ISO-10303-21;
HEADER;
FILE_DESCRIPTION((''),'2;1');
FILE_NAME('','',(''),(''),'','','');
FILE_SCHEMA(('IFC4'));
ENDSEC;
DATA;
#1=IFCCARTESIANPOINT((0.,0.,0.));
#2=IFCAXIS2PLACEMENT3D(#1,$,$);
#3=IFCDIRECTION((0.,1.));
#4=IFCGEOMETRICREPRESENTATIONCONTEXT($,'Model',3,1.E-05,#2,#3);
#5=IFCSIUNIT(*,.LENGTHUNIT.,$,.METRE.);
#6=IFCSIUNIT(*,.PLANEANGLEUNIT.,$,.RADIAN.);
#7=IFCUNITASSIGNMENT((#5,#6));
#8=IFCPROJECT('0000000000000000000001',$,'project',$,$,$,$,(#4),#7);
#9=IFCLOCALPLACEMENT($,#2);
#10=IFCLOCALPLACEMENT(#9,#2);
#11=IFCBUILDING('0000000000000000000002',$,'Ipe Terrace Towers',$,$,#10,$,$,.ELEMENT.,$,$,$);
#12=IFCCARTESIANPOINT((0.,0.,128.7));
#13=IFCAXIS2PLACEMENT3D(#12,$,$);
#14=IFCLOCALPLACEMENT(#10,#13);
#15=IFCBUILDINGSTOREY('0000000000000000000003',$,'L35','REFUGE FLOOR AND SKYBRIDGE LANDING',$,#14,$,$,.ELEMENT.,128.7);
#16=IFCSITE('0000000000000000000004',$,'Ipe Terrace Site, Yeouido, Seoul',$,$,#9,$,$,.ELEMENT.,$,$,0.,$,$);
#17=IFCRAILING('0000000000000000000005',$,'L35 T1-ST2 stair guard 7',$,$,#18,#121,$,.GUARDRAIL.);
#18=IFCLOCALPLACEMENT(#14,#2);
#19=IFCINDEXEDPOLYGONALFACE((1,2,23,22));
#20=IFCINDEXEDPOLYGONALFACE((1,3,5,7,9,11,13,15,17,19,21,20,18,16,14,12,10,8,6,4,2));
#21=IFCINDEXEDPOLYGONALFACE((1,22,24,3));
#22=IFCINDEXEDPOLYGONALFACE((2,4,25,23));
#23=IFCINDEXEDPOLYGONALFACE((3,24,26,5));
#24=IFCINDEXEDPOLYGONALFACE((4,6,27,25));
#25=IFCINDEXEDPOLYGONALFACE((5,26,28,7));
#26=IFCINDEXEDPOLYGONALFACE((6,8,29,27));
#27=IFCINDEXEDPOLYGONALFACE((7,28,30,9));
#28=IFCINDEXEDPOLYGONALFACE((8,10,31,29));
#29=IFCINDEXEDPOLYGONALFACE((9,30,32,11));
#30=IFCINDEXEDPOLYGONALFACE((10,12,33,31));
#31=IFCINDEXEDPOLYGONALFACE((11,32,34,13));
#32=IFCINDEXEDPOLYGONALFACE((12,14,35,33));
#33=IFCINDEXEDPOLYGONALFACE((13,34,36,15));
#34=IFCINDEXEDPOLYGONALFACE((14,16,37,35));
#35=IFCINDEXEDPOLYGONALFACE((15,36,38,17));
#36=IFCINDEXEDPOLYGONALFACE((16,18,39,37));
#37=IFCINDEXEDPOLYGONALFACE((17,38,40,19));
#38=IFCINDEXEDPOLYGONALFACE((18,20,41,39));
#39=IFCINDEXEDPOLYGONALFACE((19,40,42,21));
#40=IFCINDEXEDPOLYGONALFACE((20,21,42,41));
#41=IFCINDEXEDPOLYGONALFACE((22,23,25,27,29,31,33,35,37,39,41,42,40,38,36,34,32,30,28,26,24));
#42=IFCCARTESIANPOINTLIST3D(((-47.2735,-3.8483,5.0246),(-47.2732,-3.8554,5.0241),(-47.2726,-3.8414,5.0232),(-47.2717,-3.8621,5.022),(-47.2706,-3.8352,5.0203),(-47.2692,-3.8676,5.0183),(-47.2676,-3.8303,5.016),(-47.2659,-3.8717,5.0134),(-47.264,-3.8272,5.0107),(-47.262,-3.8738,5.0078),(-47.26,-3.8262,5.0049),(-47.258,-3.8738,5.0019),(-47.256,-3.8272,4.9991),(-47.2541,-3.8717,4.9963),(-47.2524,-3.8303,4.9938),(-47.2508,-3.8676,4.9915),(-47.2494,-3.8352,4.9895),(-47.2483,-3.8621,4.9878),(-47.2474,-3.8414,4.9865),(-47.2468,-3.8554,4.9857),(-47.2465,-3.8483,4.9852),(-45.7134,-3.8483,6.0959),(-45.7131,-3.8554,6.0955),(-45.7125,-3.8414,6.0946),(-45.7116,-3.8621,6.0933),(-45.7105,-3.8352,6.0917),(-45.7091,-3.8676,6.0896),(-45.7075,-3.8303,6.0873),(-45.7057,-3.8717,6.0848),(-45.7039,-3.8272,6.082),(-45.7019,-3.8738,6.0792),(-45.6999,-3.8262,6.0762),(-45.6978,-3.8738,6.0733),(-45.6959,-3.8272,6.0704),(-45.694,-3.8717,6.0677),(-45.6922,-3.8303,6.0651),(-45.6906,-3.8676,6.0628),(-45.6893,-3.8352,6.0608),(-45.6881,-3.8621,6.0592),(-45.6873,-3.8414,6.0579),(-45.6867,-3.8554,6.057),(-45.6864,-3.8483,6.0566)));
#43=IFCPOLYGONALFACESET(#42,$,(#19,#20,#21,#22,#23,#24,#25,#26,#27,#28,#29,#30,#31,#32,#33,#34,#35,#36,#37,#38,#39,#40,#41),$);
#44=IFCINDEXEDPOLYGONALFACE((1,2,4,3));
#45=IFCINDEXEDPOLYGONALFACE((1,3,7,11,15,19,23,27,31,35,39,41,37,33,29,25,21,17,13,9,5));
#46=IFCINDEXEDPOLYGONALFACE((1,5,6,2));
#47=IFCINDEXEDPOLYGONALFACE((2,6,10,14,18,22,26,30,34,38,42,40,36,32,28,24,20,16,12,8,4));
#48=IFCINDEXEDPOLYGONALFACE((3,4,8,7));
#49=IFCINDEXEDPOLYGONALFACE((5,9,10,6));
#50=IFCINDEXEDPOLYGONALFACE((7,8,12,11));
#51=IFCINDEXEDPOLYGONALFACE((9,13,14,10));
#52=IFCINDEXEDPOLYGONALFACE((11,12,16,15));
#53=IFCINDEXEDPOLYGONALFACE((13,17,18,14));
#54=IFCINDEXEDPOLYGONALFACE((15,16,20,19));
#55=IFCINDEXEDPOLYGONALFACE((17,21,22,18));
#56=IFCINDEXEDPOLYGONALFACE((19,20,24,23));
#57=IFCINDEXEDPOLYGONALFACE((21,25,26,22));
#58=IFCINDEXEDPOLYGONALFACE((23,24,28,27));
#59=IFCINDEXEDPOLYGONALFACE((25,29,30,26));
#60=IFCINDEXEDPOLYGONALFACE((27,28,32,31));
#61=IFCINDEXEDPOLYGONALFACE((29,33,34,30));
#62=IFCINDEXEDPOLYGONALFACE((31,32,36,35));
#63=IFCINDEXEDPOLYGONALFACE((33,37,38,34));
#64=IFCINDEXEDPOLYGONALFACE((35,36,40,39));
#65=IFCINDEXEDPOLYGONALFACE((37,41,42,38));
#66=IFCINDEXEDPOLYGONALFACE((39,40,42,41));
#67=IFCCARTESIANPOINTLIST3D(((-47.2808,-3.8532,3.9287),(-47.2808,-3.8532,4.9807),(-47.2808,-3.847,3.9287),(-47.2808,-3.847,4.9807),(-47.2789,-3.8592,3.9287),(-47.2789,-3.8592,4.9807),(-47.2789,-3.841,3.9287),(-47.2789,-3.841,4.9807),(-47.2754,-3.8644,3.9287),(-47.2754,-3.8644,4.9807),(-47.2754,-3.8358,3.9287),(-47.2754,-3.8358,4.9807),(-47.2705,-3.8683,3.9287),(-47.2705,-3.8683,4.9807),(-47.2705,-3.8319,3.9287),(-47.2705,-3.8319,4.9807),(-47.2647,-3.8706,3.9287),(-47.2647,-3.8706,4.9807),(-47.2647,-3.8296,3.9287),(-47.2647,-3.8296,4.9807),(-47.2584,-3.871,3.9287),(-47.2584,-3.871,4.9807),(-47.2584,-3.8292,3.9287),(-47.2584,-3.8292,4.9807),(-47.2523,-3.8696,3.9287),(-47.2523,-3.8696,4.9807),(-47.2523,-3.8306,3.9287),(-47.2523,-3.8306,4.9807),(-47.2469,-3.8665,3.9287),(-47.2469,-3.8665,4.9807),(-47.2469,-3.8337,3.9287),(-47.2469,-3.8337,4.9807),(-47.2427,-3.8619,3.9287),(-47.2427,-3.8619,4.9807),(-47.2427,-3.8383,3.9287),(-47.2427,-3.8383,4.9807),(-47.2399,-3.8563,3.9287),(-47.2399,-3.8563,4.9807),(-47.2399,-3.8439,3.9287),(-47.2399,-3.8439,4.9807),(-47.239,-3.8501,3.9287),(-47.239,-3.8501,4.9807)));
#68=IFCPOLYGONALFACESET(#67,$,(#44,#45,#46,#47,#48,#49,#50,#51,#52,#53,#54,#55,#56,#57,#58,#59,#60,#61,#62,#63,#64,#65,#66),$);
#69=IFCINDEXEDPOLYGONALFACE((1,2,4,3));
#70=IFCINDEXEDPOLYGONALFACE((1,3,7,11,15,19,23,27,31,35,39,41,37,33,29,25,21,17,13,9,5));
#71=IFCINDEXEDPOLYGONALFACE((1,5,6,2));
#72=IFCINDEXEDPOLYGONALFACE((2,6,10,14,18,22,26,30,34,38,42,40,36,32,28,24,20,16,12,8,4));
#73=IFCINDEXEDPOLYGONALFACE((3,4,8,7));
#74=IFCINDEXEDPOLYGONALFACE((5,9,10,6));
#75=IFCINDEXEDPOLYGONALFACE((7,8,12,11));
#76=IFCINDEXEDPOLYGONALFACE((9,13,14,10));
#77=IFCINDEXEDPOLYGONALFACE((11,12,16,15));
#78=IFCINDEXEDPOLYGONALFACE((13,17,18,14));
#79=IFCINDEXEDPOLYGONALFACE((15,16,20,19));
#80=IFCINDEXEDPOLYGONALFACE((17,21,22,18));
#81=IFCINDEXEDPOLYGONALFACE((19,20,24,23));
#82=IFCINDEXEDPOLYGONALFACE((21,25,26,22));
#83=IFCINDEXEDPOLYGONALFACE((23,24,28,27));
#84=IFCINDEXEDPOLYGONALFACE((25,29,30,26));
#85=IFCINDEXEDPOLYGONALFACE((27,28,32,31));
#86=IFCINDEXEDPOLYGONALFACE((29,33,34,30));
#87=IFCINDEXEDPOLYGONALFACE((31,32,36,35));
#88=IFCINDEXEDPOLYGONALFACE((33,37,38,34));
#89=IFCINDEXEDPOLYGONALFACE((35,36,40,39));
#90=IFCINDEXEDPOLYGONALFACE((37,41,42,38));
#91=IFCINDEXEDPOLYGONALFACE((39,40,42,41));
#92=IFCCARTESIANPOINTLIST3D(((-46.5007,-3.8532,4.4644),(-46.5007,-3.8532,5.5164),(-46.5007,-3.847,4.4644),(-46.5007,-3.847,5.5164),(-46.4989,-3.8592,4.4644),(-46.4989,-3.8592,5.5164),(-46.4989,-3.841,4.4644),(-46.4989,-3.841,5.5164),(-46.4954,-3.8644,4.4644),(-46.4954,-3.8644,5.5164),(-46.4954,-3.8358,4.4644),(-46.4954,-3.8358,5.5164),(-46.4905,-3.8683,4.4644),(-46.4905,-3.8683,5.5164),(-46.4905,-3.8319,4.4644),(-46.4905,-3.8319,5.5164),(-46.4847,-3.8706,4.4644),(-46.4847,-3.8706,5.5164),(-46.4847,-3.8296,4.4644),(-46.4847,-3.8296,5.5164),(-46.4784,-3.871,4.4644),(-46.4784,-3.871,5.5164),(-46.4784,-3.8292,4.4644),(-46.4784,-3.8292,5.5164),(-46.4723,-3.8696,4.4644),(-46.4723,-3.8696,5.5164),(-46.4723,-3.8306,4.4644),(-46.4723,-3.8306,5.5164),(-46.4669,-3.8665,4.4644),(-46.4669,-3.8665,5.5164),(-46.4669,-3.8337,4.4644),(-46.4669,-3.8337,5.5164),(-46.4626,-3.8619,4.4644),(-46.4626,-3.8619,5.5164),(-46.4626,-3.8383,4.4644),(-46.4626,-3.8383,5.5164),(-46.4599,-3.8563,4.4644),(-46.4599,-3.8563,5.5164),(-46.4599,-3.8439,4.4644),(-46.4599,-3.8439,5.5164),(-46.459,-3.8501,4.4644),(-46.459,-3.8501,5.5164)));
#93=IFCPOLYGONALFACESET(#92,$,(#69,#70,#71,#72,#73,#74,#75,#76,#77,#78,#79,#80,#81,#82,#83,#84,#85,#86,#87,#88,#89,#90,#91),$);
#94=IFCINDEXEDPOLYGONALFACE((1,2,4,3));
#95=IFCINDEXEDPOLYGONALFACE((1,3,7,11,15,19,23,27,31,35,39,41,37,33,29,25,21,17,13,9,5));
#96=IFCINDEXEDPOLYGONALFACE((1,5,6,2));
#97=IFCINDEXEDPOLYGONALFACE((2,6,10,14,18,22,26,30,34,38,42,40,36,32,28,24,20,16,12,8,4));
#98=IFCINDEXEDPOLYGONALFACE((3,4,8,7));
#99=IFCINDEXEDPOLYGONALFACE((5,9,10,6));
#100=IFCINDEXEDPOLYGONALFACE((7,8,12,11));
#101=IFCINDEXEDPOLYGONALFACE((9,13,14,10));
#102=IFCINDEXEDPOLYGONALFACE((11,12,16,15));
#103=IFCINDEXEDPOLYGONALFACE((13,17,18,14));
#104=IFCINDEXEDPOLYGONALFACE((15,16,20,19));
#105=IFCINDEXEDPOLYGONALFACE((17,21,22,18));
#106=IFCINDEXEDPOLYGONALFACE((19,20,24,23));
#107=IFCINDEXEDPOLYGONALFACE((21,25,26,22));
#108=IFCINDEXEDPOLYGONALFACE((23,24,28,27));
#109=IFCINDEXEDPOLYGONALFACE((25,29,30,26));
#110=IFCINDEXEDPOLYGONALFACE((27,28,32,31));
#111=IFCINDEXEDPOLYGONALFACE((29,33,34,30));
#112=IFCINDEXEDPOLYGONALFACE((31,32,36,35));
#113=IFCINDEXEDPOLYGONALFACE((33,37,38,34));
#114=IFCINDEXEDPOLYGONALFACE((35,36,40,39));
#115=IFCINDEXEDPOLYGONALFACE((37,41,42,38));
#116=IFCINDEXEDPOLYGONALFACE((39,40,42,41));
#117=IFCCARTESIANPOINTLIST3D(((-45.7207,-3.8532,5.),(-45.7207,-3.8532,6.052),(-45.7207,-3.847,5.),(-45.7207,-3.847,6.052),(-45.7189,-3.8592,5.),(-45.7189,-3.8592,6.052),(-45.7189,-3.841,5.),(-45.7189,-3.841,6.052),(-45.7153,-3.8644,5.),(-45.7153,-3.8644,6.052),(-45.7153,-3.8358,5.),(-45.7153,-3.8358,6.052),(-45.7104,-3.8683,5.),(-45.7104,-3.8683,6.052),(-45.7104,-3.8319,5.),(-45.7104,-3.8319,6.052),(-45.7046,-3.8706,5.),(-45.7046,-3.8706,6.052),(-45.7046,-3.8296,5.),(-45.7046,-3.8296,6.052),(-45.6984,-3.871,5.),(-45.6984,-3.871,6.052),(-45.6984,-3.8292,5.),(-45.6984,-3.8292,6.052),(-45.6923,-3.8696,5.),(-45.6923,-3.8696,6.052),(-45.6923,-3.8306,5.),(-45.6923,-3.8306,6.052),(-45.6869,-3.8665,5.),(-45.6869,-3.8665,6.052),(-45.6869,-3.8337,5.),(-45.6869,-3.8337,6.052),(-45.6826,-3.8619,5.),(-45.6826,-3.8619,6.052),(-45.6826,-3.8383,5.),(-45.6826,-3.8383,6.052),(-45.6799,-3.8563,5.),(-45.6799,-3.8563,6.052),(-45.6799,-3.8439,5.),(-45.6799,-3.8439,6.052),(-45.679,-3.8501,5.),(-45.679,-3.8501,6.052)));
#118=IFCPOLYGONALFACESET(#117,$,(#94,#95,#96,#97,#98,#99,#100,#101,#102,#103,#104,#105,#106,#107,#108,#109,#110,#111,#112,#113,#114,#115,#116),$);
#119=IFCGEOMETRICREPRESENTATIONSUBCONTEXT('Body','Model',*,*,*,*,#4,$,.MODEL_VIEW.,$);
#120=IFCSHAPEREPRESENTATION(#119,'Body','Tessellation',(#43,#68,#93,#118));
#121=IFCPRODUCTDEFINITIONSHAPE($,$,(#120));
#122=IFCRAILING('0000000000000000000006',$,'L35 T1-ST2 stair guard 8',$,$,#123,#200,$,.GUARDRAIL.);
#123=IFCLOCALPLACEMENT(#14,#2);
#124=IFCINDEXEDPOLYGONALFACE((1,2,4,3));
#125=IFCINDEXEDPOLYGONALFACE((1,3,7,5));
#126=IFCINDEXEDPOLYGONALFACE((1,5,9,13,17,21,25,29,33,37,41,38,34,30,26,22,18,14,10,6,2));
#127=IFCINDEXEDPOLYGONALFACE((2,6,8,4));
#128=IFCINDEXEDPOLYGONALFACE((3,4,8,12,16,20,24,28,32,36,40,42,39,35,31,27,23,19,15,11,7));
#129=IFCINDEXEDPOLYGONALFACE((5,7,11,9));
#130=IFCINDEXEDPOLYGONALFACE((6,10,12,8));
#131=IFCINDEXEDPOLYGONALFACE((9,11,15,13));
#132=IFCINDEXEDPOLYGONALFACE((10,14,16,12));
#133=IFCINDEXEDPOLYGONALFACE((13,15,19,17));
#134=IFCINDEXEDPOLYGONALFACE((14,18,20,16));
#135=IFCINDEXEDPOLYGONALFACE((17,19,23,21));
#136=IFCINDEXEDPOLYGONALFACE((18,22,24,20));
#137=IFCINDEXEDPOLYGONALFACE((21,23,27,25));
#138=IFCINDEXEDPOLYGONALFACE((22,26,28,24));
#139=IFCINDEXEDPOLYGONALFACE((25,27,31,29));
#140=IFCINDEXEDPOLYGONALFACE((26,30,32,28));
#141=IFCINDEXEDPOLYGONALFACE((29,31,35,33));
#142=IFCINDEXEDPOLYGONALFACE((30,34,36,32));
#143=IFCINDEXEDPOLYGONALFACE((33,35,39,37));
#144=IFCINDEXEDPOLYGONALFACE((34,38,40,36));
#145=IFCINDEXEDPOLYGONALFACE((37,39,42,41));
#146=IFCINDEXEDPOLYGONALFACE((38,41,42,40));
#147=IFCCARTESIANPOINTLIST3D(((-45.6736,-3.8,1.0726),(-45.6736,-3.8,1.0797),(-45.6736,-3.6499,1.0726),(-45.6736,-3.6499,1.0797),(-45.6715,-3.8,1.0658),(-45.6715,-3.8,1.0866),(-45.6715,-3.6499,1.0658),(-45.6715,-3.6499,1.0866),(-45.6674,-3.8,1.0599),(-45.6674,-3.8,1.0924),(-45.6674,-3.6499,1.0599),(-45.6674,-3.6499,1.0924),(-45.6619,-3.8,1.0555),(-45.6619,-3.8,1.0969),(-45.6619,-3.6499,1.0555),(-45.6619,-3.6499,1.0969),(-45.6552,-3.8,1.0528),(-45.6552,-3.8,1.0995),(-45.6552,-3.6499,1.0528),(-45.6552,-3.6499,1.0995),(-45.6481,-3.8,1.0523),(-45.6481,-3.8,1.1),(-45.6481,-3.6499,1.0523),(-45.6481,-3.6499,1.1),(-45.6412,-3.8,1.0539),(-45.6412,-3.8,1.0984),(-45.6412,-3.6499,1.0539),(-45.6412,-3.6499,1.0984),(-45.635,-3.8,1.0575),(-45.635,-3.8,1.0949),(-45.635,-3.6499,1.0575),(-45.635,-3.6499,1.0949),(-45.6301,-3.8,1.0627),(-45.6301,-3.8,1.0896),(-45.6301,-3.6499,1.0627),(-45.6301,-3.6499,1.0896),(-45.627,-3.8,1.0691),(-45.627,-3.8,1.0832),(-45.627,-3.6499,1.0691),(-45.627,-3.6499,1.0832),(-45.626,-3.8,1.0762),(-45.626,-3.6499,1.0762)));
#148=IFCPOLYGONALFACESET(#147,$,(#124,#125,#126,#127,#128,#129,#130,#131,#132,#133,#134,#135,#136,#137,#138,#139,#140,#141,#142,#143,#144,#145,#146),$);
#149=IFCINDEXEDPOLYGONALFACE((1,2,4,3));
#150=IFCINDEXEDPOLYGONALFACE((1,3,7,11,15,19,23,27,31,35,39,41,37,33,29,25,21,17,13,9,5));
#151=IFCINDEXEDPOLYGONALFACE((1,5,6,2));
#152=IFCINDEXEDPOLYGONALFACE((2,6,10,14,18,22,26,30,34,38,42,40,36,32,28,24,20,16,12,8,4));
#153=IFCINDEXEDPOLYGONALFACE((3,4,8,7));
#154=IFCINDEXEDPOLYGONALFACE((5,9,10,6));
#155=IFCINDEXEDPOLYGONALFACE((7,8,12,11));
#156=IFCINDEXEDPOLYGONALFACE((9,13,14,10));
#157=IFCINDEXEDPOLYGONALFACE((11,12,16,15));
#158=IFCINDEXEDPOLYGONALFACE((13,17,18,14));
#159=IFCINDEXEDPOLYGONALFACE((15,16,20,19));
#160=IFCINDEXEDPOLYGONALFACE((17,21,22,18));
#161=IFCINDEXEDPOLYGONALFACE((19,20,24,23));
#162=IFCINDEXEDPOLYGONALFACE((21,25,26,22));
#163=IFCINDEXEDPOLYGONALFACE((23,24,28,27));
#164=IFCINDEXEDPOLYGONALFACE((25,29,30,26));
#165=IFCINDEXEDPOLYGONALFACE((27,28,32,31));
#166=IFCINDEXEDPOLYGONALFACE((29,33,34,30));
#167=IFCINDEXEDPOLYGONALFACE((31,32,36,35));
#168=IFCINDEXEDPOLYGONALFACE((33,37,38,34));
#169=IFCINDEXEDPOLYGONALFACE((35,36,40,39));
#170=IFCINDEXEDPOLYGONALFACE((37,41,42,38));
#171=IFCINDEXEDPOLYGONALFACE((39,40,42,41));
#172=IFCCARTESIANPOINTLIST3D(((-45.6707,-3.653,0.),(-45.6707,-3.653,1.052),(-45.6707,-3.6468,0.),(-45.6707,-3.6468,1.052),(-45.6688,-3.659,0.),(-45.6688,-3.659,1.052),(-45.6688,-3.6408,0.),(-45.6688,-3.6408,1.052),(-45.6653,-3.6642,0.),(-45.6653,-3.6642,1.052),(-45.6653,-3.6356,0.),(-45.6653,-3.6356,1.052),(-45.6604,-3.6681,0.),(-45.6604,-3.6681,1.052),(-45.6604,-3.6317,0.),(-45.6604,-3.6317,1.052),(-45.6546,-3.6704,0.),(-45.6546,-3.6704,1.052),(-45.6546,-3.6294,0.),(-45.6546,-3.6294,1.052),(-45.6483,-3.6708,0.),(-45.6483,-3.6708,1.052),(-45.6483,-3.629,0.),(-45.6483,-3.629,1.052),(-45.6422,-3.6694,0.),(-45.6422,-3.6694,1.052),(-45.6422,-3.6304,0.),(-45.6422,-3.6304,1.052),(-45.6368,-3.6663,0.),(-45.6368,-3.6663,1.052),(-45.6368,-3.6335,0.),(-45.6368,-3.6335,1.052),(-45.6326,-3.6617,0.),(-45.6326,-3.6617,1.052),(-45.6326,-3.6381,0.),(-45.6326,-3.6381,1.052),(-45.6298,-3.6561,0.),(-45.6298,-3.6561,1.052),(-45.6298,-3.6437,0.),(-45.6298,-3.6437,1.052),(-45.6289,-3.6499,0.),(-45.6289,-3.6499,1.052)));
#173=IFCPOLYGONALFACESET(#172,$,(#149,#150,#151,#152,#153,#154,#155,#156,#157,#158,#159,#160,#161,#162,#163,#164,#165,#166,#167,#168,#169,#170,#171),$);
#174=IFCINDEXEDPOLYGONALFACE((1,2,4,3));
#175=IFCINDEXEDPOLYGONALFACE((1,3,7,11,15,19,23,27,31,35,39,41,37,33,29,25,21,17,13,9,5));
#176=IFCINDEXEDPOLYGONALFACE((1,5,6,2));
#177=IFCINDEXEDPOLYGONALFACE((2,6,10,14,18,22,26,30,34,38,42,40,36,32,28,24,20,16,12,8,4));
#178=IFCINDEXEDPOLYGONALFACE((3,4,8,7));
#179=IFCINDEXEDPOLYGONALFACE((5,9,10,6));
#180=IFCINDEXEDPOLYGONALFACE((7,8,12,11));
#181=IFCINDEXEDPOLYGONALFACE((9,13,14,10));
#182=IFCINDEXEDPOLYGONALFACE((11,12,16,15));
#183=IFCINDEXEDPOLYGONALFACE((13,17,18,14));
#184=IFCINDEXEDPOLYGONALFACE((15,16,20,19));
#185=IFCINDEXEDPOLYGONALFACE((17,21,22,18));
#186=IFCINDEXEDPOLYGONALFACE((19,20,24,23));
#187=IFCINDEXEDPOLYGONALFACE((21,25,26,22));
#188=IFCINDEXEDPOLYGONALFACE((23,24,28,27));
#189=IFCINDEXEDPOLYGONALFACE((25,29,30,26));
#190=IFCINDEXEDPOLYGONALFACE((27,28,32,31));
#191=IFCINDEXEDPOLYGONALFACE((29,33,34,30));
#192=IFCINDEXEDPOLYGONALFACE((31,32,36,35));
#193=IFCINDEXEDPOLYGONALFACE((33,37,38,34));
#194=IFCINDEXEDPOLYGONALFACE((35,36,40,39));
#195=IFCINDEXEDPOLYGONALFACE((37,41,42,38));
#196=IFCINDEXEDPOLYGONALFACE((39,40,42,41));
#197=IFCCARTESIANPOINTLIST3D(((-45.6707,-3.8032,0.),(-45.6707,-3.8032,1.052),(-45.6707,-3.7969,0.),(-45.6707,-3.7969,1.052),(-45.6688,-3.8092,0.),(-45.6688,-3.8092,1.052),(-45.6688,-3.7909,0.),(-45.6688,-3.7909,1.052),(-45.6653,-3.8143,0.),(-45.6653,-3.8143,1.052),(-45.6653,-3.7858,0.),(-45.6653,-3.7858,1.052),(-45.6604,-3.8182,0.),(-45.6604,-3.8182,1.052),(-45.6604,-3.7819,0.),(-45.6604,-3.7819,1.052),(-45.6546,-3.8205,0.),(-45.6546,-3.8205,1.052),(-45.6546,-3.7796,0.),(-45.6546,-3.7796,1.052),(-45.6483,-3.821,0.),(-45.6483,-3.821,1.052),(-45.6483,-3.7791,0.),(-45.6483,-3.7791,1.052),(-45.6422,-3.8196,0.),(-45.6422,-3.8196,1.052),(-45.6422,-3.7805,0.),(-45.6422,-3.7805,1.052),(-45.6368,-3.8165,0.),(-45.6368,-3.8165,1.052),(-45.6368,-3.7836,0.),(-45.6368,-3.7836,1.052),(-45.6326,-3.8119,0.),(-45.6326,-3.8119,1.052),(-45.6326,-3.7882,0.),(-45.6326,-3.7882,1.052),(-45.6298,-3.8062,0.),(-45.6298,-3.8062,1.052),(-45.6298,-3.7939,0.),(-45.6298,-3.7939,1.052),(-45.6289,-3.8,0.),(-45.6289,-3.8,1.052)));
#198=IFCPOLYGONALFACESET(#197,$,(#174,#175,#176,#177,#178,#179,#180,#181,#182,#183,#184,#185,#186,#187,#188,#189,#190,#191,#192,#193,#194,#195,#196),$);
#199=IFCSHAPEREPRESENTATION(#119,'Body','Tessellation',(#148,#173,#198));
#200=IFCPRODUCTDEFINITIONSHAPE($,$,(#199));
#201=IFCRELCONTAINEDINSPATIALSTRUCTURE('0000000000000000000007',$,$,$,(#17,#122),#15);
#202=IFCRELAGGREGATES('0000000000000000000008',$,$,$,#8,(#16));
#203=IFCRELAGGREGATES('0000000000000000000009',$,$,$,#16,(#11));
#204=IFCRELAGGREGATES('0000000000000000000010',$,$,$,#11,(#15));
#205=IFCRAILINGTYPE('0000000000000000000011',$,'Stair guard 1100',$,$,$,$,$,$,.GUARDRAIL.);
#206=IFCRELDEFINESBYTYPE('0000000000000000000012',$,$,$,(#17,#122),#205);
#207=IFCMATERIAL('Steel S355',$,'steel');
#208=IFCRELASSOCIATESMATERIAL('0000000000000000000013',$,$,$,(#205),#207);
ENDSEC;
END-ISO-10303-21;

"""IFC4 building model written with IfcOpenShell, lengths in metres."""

from ifc_helpers import new_model, si_unit, direction, frame, origin, origin_2d, place, context, subcontext, project, spatial, circle, extrude, material, type_object, element, save


model = new_model("IFC4")

# Units and contexts
model_context = context("Model", 3, precision=1e-05, world=origin(), true_north=direction((0.0, 1.0)))
body_context = subcontext(model_context, "Body", "Model", "MODEL_VIEW")
ifc_project = project(units=[si_unit("LENGTHUNIT", "METRE"), si_unit("PLANEANGLEUNIT", "RADIAN")], contexts=[model_context])

# Site, building, storey
site_placement = place(None, origin())
site = spatial("IfcSite", under=ifc_project, at=site_placement, Name="Ipe Terrace Site, Yeouido, Seoul", CompositionType="ELEMENT", RefElevation=0.0)
building_placement = place(site_placement, origin())
building = spatial("IfcBuilding", under=site, at=building_placement, Name="Ipe Terrace Towers", CompositionType="ELEMENT")
storey_placement = place(building_placement, frame((0.0, 0.0, 128.7)))
storey = spatial("IfcBuildingStorey", under=building, at=storey_placement, Name="L35", Description="REFUGE FLOOR AND SKYBRIDGE LANDING", CompositionType="ELEMENT", Elevation=128.7)

# Railings
ifc_material_1 = material(Name="Steel S355", Category="steel")
railing_type_1 = type_object("IfcRailingType", Name="Stair guard 1100", PredefinedType="GUARDRAIL", material=ifc_material_1)
railing_1_placement = place(storey_placement, frame((-47.26, -3.8501, 3.9287)))
element("IfcRailing", 1, at=railing_1_placement, inside=storey, type_object=railing_type_1, Name="L35 T1-ST2 stair guard 7", PredefinedType="GUARDRAIL", context=body_context, shape_type="SweptSolid", body=[
    extrude(circle(Radius=0.0239, at=origin_2d()), frame((0.0, 0.0, 1.0762), z_axis=(0.82435, 0.0, 0.56608), x_axis=(0.0, 1.0, 0.0)), (0.0, 0.0, 1.0), 1.8926),
    extrude(circle(Radius=0.021, at=origin_2d()), origin(), (0.0, 0.0, 1.0), 1.052),
    extrude(circle(Radius=0.021, at=origin_2d()), frame((0.78, 0.0, 0.5356)), (0.0, 0.0, 1.0), 1.052),
    extrude(circle(Radius=0.021, at=origin_2d()), frame((1.5601, 0.0, 1.0713)), (0.0, 0.0, 1.0), 1.052),
])
railing_2_placement = place(storey_placement, frame((-45.6499, -3.6499, 0.0)))
element("IfcRailing", 2, at=railing_2_placement, inside=storey, type_object=railing_type_1, Name="L35 T1-ST2 stair guard 8", PredefinedType="GUARDRAIL", context=body_context, shape_type="SweptSolid", body=[
    extrude(circle(Radius=0.0239, at=origin_2d()), frame((0.0, 0.0, 1.0762), z_axis=(0.0, -1.0, 0.0), x_axis=(1.0, 0.0, 0.0)), (0.0, 0.0, 1.0), 0.1501),
    extrude(circle(Radius=0.021, at=origin_2d()), origin(), (0.0, 0.0, 1.0), 1.052),
    extrude(circle(Radius=0.021, at=origin_2d()), frame((0.0, -0.1501, 0.0)), (0.0, 0.0, 1.0), 1.052),
])

save(model, "model.ifc")
